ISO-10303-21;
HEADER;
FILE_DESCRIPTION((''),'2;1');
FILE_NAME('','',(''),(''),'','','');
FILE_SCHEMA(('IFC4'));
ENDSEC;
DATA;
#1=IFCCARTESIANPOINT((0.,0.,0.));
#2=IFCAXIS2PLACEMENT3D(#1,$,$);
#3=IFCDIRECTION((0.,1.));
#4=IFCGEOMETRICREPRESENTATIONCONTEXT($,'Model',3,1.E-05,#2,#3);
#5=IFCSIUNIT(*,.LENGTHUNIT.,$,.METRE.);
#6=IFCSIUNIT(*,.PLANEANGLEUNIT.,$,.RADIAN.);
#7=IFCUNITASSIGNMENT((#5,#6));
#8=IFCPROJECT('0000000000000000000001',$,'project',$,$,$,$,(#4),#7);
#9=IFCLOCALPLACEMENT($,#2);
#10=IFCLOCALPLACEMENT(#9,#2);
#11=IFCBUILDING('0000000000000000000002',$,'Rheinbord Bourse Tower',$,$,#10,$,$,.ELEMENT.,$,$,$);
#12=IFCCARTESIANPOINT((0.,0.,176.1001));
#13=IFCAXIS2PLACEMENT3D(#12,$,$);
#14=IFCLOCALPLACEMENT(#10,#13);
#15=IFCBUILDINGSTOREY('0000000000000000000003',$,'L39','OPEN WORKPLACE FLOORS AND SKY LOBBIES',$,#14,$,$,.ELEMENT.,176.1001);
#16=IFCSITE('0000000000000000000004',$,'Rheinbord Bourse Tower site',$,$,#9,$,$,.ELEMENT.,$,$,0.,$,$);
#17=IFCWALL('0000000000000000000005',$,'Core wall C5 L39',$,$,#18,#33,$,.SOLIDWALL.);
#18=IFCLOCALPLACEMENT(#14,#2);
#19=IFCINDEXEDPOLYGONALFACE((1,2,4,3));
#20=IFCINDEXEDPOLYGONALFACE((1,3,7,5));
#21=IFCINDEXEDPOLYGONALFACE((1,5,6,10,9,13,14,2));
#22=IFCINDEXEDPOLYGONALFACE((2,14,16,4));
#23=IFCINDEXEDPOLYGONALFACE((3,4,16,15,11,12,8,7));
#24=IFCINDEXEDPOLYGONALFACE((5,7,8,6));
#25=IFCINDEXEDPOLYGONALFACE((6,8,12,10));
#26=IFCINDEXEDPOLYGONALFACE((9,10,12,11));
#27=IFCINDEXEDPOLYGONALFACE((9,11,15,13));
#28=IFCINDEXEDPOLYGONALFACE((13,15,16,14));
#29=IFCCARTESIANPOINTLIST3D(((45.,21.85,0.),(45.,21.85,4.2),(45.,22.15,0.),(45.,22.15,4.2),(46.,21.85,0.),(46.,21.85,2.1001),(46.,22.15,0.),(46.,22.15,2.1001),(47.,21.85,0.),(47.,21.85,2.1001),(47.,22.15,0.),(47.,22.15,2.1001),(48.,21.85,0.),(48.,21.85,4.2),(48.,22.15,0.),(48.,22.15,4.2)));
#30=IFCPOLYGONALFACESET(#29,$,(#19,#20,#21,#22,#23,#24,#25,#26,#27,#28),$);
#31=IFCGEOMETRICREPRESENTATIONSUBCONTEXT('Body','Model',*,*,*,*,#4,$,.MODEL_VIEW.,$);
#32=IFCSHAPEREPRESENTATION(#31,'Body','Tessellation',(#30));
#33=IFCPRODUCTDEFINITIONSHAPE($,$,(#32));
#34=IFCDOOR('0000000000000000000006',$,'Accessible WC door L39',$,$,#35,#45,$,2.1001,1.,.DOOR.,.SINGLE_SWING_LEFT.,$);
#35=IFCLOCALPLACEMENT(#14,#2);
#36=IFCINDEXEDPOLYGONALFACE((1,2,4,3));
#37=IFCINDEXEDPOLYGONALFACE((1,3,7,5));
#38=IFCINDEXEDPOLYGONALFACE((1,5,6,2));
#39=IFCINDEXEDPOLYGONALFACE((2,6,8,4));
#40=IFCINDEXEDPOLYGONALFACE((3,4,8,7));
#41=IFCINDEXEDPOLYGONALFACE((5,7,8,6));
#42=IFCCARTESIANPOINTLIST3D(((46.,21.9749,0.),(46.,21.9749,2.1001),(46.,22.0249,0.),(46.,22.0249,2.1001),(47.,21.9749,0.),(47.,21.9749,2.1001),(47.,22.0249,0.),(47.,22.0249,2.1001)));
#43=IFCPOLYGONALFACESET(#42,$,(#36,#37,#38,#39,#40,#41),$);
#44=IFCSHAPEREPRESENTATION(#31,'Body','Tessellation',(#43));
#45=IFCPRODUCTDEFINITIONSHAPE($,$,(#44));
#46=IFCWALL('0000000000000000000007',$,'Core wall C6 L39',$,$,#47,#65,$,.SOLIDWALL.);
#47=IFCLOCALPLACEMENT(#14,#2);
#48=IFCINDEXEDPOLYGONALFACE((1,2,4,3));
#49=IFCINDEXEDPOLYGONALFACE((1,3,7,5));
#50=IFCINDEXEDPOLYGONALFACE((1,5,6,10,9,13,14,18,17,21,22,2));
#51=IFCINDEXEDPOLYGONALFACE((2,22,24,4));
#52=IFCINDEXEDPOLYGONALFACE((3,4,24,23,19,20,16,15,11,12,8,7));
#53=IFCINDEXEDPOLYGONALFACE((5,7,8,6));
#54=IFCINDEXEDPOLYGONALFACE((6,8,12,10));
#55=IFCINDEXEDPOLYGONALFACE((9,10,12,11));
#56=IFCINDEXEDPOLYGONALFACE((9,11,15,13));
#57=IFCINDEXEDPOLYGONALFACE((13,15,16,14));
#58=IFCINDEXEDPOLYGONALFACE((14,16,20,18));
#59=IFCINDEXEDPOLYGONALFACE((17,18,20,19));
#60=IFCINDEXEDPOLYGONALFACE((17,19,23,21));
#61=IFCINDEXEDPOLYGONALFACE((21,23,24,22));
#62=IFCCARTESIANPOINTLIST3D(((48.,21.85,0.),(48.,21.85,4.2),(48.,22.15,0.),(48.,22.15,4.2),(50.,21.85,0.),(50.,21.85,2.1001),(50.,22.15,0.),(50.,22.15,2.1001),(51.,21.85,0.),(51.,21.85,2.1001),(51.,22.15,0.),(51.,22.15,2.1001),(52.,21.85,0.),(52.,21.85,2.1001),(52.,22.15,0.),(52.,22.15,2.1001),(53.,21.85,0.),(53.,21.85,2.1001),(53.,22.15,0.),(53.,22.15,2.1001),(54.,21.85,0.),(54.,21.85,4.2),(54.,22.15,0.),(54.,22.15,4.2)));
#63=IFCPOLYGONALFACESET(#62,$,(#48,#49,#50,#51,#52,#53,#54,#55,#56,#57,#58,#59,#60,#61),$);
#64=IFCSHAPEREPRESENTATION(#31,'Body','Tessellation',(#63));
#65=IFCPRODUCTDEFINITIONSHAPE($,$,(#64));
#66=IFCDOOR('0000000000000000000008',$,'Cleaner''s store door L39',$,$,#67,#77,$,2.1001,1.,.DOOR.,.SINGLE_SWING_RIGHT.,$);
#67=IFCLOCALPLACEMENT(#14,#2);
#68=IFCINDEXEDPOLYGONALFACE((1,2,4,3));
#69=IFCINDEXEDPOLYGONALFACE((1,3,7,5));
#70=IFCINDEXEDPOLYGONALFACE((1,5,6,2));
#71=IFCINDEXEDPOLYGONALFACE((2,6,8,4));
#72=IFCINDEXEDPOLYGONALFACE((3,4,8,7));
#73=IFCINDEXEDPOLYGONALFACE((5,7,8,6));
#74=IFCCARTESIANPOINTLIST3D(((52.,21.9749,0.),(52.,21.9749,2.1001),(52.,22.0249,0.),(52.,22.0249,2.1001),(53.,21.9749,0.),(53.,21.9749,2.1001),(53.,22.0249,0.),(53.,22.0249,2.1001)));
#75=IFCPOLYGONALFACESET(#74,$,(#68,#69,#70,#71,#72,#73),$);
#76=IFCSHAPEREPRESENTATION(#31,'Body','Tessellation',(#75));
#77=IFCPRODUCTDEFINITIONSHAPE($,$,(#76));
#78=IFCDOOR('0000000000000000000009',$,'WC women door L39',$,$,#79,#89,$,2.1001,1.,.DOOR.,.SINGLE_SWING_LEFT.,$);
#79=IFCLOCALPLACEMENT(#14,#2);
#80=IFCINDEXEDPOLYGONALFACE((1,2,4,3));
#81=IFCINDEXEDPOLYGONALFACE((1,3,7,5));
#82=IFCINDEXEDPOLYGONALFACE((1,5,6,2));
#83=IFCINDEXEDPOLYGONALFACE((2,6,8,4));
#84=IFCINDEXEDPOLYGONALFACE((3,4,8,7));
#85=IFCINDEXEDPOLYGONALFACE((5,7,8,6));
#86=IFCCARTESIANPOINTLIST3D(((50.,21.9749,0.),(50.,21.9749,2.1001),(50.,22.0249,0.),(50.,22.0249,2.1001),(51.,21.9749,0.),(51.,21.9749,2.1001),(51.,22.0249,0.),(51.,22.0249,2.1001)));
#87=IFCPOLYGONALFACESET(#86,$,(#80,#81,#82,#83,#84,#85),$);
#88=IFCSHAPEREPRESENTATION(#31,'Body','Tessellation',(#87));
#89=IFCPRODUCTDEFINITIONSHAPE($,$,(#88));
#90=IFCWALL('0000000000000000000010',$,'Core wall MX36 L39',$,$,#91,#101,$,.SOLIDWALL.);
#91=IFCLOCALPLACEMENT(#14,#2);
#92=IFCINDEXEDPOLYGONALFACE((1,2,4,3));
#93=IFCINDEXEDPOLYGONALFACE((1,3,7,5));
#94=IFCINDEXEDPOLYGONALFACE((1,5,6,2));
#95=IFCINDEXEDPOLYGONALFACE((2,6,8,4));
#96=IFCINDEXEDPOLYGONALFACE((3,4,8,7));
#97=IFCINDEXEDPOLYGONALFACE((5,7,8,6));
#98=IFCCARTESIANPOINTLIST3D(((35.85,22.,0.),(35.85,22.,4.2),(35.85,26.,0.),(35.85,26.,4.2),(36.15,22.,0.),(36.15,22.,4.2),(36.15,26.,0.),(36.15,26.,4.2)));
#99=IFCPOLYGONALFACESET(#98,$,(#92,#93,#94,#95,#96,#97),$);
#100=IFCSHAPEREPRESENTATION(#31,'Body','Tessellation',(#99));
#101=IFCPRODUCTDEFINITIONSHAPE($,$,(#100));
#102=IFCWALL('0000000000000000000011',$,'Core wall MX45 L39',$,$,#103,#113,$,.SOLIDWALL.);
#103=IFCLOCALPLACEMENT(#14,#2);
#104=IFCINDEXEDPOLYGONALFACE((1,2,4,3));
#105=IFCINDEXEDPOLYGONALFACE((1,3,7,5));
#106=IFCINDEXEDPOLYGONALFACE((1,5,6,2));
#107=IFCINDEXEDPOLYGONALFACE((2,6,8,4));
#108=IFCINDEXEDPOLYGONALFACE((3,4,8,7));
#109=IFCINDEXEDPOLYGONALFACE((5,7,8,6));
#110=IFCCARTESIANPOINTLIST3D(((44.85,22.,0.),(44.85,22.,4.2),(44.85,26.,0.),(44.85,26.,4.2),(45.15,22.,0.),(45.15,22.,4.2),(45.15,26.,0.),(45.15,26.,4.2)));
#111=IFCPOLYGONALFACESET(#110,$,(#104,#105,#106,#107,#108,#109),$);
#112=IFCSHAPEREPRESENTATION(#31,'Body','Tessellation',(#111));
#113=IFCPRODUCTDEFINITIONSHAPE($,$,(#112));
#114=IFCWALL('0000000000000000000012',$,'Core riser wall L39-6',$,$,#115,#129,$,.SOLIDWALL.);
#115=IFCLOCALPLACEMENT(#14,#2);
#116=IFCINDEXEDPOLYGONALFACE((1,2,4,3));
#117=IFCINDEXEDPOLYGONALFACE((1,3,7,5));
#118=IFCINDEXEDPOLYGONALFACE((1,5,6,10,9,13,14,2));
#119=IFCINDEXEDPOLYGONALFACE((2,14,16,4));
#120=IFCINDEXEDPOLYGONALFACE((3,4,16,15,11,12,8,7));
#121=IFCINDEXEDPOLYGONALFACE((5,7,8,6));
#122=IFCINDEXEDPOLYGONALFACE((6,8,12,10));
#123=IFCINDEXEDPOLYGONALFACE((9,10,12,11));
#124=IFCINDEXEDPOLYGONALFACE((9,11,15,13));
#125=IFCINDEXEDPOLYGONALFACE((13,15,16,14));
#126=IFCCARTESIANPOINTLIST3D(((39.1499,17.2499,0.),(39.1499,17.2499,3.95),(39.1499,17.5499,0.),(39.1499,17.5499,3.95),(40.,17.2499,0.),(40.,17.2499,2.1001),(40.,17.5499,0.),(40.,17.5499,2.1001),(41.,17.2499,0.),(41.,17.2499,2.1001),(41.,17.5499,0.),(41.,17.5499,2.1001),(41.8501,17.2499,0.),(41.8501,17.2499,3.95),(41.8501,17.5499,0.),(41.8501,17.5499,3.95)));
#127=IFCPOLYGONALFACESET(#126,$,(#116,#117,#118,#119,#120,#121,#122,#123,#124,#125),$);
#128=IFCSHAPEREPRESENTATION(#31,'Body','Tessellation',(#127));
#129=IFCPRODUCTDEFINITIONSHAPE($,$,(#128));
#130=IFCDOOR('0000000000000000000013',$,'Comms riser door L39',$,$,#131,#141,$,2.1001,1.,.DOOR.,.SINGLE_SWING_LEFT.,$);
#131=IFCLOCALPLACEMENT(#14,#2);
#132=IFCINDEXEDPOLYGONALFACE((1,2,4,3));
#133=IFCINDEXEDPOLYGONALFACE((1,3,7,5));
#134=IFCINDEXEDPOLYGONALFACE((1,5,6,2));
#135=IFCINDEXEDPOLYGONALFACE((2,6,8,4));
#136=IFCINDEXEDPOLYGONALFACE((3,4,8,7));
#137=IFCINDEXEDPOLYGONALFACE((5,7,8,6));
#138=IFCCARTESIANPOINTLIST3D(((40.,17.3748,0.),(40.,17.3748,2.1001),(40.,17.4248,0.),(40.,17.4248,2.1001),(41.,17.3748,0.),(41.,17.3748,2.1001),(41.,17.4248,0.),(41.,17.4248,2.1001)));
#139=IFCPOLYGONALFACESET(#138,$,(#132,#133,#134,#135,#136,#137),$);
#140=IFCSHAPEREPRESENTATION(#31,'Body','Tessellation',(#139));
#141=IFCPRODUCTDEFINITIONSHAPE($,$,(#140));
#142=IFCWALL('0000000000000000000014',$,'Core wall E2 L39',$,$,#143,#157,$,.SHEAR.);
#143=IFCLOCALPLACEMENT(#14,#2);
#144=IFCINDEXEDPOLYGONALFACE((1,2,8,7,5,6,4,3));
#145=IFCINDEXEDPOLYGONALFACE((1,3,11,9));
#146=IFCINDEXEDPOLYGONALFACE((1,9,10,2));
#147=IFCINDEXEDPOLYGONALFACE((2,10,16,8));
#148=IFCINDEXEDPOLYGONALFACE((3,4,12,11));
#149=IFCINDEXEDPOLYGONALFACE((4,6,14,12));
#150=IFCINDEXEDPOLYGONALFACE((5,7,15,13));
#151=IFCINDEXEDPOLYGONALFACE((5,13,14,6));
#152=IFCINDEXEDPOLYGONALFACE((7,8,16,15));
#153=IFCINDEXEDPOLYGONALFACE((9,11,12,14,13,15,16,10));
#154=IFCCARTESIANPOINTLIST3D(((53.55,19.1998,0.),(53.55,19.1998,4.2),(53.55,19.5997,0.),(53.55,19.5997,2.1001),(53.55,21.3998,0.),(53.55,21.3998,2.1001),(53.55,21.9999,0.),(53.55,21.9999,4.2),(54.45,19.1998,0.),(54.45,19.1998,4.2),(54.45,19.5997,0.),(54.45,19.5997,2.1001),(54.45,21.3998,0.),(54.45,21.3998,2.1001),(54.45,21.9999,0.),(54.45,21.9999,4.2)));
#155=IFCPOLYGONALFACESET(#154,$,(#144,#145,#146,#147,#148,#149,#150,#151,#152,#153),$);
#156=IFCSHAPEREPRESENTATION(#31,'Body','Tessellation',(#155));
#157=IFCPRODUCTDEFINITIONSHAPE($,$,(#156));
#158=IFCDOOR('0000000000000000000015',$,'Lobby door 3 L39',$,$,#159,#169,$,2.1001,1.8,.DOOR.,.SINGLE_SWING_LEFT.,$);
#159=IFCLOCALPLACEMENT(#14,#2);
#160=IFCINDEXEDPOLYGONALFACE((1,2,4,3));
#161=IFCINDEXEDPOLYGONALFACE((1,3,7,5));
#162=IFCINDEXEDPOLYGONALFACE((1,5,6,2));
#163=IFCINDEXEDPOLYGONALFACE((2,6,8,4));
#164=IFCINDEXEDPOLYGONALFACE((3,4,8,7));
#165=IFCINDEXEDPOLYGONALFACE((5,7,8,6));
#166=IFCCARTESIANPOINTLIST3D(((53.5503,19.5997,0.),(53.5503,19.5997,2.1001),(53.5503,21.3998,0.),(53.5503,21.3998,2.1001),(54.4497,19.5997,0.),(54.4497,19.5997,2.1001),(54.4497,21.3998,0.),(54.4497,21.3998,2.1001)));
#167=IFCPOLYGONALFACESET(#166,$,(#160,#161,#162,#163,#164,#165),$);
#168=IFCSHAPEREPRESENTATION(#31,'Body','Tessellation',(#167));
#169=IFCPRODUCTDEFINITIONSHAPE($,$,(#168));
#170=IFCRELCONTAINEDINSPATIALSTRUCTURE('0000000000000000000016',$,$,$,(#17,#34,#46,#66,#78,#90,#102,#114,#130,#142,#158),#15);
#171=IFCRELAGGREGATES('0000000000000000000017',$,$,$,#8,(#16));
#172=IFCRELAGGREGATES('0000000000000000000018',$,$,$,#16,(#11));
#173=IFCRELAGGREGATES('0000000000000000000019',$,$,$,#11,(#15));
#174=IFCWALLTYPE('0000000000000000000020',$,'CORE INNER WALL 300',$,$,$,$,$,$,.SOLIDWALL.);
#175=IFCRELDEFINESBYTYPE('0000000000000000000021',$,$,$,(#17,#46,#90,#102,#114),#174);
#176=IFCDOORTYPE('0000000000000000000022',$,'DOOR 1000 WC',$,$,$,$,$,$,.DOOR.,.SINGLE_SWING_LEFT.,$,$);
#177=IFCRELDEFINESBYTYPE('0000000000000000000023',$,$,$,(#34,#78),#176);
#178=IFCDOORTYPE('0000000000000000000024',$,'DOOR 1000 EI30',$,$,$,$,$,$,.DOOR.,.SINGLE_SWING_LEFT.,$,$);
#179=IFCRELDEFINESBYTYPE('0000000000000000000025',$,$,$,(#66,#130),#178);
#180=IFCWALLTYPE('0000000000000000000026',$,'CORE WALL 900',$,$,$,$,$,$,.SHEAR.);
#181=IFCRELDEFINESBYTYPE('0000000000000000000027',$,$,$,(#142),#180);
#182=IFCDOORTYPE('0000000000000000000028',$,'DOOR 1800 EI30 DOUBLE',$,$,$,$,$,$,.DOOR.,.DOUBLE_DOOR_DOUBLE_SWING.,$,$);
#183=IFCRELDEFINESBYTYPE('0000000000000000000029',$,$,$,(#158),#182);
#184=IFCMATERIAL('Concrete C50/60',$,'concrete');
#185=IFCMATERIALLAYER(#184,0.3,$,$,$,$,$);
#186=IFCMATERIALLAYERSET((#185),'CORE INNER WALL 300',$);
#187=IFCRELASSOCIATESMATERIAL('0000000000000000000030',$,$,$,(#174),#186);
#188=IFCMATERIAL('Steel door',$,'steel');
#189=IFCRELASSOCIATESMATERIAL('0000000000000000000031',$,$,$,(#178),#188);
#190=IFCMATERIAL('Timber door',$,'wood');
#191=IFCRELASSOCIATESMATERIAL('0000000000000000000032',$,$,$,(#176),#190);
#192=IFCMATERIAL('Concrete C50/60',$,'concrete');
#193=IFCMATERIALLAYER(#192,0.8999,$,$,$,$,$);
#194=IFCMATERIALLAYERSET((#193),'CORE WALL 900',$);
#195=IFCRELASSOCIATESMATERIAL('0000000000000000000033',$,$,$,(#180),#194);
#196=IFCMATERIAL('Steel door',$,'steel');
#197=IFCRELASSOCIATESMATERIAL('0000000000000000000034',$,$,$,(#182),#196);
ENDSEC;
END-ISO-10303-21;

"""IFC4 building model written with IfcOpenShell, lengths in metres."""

from ifc_helpers import new_model, si_unit, direction, frame, frame_2d, origin, place, context, subcontext, project, spatial, rectangle, extrude, material, layer, layer_set, type_object, element, fill, save


model = new_model("IFC4")

# Units and contexts
model_context = context("Model", 3, precision=1e-05, world=origin(), true_north=direction((0.0, 1.0)))
body_context = subcontext(model_context, "Body", "Model", "MODEL_VIEW")
ifc_project = project(units=[si_unit("LENGTHUNIT", "METRE"), si_unit("PLANEANGLEUNIT", "RADIAN")], contexts=[model_context])

# Site, building, storey
site_placement = place(None, origin())
site = spatial("IfcSite", under=ifc_project, at=site_placement, Name="Rheinbord Bourse Tower site", CompositionType="ELEMENT", RefElevation=0.0)
building_placement = place(site_placement, origin())
building = spatial("IfcBuilding", under=site, at=building_placement, Name="Rheinbord Bourse Tower", CompositionType="ELEMENT")
storey_placement = place(building_placement, frame((0.0, 0.0, 176.1001)))
storey = spatial("IfcBuildingStorey", under=building, at=storey_placement, Name="L39", Description="OPEN WORKPLACE FLOORS AND SKY LOBBIES", CompositionType="ELEMENT", Elevation=176.1001)

# Shared definitions
ifc_material_1 = material(Name="Concrete C50/60", Category="concrete")
ifc_layer_1 = layer(ifc_material_1, 0.3)
ifc_layer_set_1 = layer_set([ifc_layer_1], Name="CORE INNER WALL 300")
wall_type_1 = type_object("IfcWallType", Name="CORE INNER WALL 300", PredefinedType="SOLIDWALL", material=ifc_layer_set_1)
ifc_material_2 = material(Name="Steel door", Category="steel")
door_type_1 = type_object("IfcDoorType", Name="DOOR 1000 EI30", OperationType="SINGLE_SWING_LEFT", PredefinedType="DOOR", material=ifc_material_2)

# Wall, opening, door
wall_1_placement = place(storey_placement, frame((45.0, 22.0, 0.0), z_axis=(0.0, 0.0, 1.0), x_axis=(1.0, 0.0, 0.0)))
wall_1 = element("IfcWall", 1, at=wall_1_placement, inside=storey, type_object=wall_type_1, Name="Core wall C5 L39", PredefinedType="SOLIDWALL", context=body_context, shape_type="SweptSolid", body=[
    extrude(rectangle(XDim=3.0, YDim=0.3, at=frame_2d((1.5, 0.0))), origin(), (0.0, 0.0, 1.0), 4.2),
])
opening_1_placement = place(wall_1_placement, frame((1.0, 0.0, 0.0)))
opening_1 = element("IfcOpeningElement", 2, at=opening_1_placement, cuts=wall_1, PredefinedType="OPENING", context=body_context, shape_type="SweptSolid", body=[
    extrude(rectangle(XDim=1.0, YDim=2.1001, at=frame_2d((0.5, 1.05))), frame((0.0, 0.1599, 0.0), z_axis=(0.0, -1.0, 0.0), x_axis=(1.0, 0.0, 0.0)), (0.0, 0.0, 1.0), 0.3201),
])
ifc_material_3 = material(Name="Timber door", Category="wood")
door_type_2 = type_object("IfcDoorType", Name="DOOR 1000 WC", OperationType="SINGLE_SWING_LEFT", PredefinedType="DOOR", material=ifc_material_3)
door_1_placement = place(opening_1_placement, origin())
door_1 = element("IfcDoor", 3, at=door_1_placement, inside=storey, type_object=door_type_2, Name="Accessible WC door L39", OperationType="SINGLE_SWING_LEFT", OverallHeight=2.1001, OverallWidth=1.0, PredefinedType="DOOR", context=body_context, shape_type="SweptSolid", body=[
    extrude(rectangle(XDim=1.0, YDim=2.1001, at=frame_2d((0.5, 1.05))), frame((0.0, 0.0249, 0.0), z_axis=(0.0, -1.0, 0.0), x_axis=(1.0, 0.0, 0.0)), (0.0, 0.0, 1.0), 0.05),
])
fill(opening_1, door_1)

# Wall, openings, doors
wall_2_placement = place(storey_placement, frame((48.0, 22.0, 0.0), z_axis=(0.0, 0.0, 1.0), x_axis=(1.0, 0.0, 0.0)))
wall_2 = element("IfcWall", 4, at=wall_2_placement, inside=storey, type_object=wall_type_1, Name="Core wall C6 L39", PredefinedType="SOLIDWALL", context=body_context, shape_type="SweptSolid", body=[
    extrude(rectangle(XDim=6.0, YDim=0.3, at=frame_2d((3.0, 0.0))), origin(), (0.0, 0.0, 1.0), 4.2),
])
opening_2_placement = place(wall_2_placement, frame((2.0, 0.0, 0.0)))
opening_2 = element("IfcOpeningElement", 5, at=opening_2_placement, cuts=wall_2, PredefinedType="OPENING", context=body_context, shape_type="SweptSolid", body=[
    extrude(rectangle(XDim=1.0, YDim=2.1001, at=frame_2d((0.5, 1.05))), frame((0.0, 0.1599, 0.0), z_axis=(0.0, -1.0, 0.0), x_axis=(1.0, 0.0, 0.0)), (0.0, 0.0, 1.0), 0.3201),
])
opening_3_placement = place(wall_2_placement, frame((4.0, 0.0, 0.0)))
opening_3 = element("IfcOpeningElement", 6, at=opening_3_placement, cuts=wall_2, PredefinedType="OPENING", context=body_context, shape_type="SweptSolid", body=[
    extrude(rectangle(XDim=1.0, YDim=2.1001, at=frame_2d((0.5, 1.05))), frame((0.0, 0.1599, 0.0), z_axis=(0.0, -1.0, 0.0), x_axis=(1.0, 0.0, 0.0)), (0.0, 0.0, 1.0), 0.3201),
])
door_2_placement = place(opening_3_placement, origin())
door_2 = element("IfcDoor", 7, at=door_2_placement, inside=storey, type_object=door_type_1, Name="Cleaner's store door L39", OperationType="SINGLE_SWING_RIGHT", OverallHeight=2.1001, OverallWidth=1.0, PredefinedType="DOOR", context=body_context, shape_type="SweptSolid", body=[
    extrude(rectangle(XDim=1.0, YDim=2.1001, at=frame_2d((0.5, 1.05))), frame((0.0, 0.0249, 0.0), z_axis=(0.0, -1.0, 0.0), x_axis=(1.0, 0.0, 0.0)), (0.0, 0.0, 1.0), 0.05),
])
fill(opening_3, door_2)
door_3_placement = place(opening_2_placement, origin())
door_3 = element("IfcDoor", 8, at=door_3_placement, inside=storey, type_object=door_type_2, Name="WC women door L39", OperationType="SINGLE_SWING_LEFT", OverallHeight=2.1001, OverallWidth=1.0, PredefinedType="DOOR", context=body_context, shape_type="SweptSolid", body=[
    extrude(rectangle(XDim=1.0, YDim=2.1001, at=frame_2d((0.5, 1.05))), frame((0.0, 0.0249, 0.0), z_axis=(0.0, -1.0, 0.0), x_axis=(1.0, 0.0, 0.0)), (0.0, 0.0, 1.0), 0.05),
])
fill(opening_2, door_3)

# Walls
for number, where, z_axis, x_axis, name in (
    (9, (36.0, 22.0, 0.0), (0.0, 0.0, 1.0), (0.0, 1.0, 0.0), "Core wall MX36 L39"),
    (10, (45.0, 22.0, 0.0), (0.0, 0.0, 1.0), (0.0, 1.0, 0.0), "Core wall MX45 L39"),
):
    element("IfcWall", number, at=place(storey_placement, frame(where, z_axis=z_axis, x_axis=x_axis)), inside=storey, type_object=wall_type_1, Name=name, PredefinedType="SOLIDWALL", context=body_context, shape_type="SweptSolid", body=[
        extrude(rectangle(XDim=4.0, YDim=0.3, at=frame_2d((2.0, 0.0))), origin(), (0.0, 0.0, 1.0), 4.2),
    ])

# Walls, openings, doors
wall_3_placement = place(storey_placement, frame((39.1499, 17.3999, 0.0), z_axis=(0.0, 0.0, 1.0), x_axis=(1.0, 0.0, 0.0)))
wall_3 = element("IfcWall", 11, at=wall_3_placement, inside=storey, type_object=wall_type_1, Name="Core riser wall L39-6", PredefinedType="SOLIDWALL", context=body_context, shape_type="SweptSolid", body=[
    extrude(rectangle(XDim=2.7002, YDim=0.3, at=frame_2d((1.3501, 0.0))), origin(), (0.0, 0.0, 1.0), 3.95),
])
opening_4_placement = place(wall_3_placement, frame((0.8501, 0.0, 0.0)))
opening_4 = element("IfcOpeningElement", 12, at=opening_4_placement, cuts=wall_3, PredefinedType="OPENING", context=body_context, shape_type="SweptSolid", body=[
    extrude(rectangle(XDim=1.0, YDim=2.1001, at=frame_2d((0.5, 1.05))), frame((0.0, 0.1599, 0.0), z_axis=(0.0, -1.0, 0.0), x_axis=(1.0, 0.0, 0.0)), (0.0, 0.0, 1.0), 0.3201),
])
door_4_placement = place(opening_4_placement, origin())
door_4 = element("IfcDoor", 13, at=door_4_placement, inside=storey, type_object=door_type_1, Name="Comms riser door L39", OperationType="SINGLE_SWING_LEFT", OverallHeight=2.1001, OverallWidth=1.0, PredefinedType="DOOR", context=body_context, shape_type="SweptSolid", body=[
    extrude(rectangle(XDim=1.0, YDim=2.1001, at=frame_2d((0.5, 1.05))), frame((0.0, 0.0249, 0.0), z_axis=(0.0, -1.0, 0.0), x_axis=(1.0, 0.0, 0.0)), (0.0, 0.0, 1.0), 0.05),
])
fill(opening_4, door_4)
ifc_material_4 = material(Name="Concrete C50/60", Category="concrete")
ifc_layer_2 = layer(ifc_material_4, 0.8999)
ifc_layer_set_2 = layer_set([ifc_layer_2], Name="CORE WALL 900")
wall_type_2 = type_object("IfcWallType", Name="CORE WALL 900", PredefinedType="SHEAR", material=ifc_layer_set_2)
wall_4_placement = place(storey_placement, frame((54.0, 19.2, 0.0), z_axis=(0.0, 0.0, 1.0), x_axis=(0.0, 1.0, 0.0)))
wall_4 = element("IfcWall", 14, at=wall_4_placement, inside=storey, type_object=wall_type_2, Name="Core wall E2 L39", PredefinedType="SHEAR", context=body_context, shape_type="SweptSolid", body=[
    extrude(rectangle(XDim=2.8, YDim=0.8999, at=frame_2d((1.3999, 0.0))), origin(), (0.0, 0.0, 1.0), 4.2),
])
opening_5_placement = place(wall_4_placement, frame((0.3999, 0.0, 0.0)))
opening_5 = element("IfcOpeningElement", 15, at=opening_5_placement, cuts=wall_4, PredefinedType="OPENING", context=body_context, shape_type="SweptSolid", body=[
    extrude(rectangle(XDim=1.8, YDim=2.1001, at=frame_2d((0.8999, 1.05))), frame((0.0, 0.46, 0.0), z_axis=(0.0, -1.0, 0.0), x_axis=(1.0, 0.0, 0.0)), (0.0, 0.0, 1.0), 0.9199),
])
ifc_material_5 = material(Name="Steel door", Category="steel")
door_type_3 = type_object("IfcDoorType", Name="DOOR 1800 EI30 DOUBLE", OperationType="DOUBLE_DOOR_DOUBLE_SWING", PredefinedType="DOOR", material=ifc_material_5)
door_5_placement = place(opening_5_placement, origin())
door_5 = element("IfcDoor", 16, at=door_5_placement, inside=storey, type_object=door_type_3, Name="Lobby door 3 L39", OperationType="SINGLE_SWING_LEFT", OverallHeight=2.1001, OverallWidth=1.8, PredefinedType="DOOR", context=body_context, shape_type="SweptSolid", body=[
    extrude(rectangle(XDim=1.8, YDim=2.1001, at=frame_2d((0.8999, 1.05))), frame((0.0, 0.4497, 0.0), z_axis=(0.0, -1.0, 0.0), x_axis=(1.0, 0.0, 0.0)), (0.0, 0.0, 1.0), 0.8994),
])
fill(opening_5, door_5)

save(model, "model.ifc")
